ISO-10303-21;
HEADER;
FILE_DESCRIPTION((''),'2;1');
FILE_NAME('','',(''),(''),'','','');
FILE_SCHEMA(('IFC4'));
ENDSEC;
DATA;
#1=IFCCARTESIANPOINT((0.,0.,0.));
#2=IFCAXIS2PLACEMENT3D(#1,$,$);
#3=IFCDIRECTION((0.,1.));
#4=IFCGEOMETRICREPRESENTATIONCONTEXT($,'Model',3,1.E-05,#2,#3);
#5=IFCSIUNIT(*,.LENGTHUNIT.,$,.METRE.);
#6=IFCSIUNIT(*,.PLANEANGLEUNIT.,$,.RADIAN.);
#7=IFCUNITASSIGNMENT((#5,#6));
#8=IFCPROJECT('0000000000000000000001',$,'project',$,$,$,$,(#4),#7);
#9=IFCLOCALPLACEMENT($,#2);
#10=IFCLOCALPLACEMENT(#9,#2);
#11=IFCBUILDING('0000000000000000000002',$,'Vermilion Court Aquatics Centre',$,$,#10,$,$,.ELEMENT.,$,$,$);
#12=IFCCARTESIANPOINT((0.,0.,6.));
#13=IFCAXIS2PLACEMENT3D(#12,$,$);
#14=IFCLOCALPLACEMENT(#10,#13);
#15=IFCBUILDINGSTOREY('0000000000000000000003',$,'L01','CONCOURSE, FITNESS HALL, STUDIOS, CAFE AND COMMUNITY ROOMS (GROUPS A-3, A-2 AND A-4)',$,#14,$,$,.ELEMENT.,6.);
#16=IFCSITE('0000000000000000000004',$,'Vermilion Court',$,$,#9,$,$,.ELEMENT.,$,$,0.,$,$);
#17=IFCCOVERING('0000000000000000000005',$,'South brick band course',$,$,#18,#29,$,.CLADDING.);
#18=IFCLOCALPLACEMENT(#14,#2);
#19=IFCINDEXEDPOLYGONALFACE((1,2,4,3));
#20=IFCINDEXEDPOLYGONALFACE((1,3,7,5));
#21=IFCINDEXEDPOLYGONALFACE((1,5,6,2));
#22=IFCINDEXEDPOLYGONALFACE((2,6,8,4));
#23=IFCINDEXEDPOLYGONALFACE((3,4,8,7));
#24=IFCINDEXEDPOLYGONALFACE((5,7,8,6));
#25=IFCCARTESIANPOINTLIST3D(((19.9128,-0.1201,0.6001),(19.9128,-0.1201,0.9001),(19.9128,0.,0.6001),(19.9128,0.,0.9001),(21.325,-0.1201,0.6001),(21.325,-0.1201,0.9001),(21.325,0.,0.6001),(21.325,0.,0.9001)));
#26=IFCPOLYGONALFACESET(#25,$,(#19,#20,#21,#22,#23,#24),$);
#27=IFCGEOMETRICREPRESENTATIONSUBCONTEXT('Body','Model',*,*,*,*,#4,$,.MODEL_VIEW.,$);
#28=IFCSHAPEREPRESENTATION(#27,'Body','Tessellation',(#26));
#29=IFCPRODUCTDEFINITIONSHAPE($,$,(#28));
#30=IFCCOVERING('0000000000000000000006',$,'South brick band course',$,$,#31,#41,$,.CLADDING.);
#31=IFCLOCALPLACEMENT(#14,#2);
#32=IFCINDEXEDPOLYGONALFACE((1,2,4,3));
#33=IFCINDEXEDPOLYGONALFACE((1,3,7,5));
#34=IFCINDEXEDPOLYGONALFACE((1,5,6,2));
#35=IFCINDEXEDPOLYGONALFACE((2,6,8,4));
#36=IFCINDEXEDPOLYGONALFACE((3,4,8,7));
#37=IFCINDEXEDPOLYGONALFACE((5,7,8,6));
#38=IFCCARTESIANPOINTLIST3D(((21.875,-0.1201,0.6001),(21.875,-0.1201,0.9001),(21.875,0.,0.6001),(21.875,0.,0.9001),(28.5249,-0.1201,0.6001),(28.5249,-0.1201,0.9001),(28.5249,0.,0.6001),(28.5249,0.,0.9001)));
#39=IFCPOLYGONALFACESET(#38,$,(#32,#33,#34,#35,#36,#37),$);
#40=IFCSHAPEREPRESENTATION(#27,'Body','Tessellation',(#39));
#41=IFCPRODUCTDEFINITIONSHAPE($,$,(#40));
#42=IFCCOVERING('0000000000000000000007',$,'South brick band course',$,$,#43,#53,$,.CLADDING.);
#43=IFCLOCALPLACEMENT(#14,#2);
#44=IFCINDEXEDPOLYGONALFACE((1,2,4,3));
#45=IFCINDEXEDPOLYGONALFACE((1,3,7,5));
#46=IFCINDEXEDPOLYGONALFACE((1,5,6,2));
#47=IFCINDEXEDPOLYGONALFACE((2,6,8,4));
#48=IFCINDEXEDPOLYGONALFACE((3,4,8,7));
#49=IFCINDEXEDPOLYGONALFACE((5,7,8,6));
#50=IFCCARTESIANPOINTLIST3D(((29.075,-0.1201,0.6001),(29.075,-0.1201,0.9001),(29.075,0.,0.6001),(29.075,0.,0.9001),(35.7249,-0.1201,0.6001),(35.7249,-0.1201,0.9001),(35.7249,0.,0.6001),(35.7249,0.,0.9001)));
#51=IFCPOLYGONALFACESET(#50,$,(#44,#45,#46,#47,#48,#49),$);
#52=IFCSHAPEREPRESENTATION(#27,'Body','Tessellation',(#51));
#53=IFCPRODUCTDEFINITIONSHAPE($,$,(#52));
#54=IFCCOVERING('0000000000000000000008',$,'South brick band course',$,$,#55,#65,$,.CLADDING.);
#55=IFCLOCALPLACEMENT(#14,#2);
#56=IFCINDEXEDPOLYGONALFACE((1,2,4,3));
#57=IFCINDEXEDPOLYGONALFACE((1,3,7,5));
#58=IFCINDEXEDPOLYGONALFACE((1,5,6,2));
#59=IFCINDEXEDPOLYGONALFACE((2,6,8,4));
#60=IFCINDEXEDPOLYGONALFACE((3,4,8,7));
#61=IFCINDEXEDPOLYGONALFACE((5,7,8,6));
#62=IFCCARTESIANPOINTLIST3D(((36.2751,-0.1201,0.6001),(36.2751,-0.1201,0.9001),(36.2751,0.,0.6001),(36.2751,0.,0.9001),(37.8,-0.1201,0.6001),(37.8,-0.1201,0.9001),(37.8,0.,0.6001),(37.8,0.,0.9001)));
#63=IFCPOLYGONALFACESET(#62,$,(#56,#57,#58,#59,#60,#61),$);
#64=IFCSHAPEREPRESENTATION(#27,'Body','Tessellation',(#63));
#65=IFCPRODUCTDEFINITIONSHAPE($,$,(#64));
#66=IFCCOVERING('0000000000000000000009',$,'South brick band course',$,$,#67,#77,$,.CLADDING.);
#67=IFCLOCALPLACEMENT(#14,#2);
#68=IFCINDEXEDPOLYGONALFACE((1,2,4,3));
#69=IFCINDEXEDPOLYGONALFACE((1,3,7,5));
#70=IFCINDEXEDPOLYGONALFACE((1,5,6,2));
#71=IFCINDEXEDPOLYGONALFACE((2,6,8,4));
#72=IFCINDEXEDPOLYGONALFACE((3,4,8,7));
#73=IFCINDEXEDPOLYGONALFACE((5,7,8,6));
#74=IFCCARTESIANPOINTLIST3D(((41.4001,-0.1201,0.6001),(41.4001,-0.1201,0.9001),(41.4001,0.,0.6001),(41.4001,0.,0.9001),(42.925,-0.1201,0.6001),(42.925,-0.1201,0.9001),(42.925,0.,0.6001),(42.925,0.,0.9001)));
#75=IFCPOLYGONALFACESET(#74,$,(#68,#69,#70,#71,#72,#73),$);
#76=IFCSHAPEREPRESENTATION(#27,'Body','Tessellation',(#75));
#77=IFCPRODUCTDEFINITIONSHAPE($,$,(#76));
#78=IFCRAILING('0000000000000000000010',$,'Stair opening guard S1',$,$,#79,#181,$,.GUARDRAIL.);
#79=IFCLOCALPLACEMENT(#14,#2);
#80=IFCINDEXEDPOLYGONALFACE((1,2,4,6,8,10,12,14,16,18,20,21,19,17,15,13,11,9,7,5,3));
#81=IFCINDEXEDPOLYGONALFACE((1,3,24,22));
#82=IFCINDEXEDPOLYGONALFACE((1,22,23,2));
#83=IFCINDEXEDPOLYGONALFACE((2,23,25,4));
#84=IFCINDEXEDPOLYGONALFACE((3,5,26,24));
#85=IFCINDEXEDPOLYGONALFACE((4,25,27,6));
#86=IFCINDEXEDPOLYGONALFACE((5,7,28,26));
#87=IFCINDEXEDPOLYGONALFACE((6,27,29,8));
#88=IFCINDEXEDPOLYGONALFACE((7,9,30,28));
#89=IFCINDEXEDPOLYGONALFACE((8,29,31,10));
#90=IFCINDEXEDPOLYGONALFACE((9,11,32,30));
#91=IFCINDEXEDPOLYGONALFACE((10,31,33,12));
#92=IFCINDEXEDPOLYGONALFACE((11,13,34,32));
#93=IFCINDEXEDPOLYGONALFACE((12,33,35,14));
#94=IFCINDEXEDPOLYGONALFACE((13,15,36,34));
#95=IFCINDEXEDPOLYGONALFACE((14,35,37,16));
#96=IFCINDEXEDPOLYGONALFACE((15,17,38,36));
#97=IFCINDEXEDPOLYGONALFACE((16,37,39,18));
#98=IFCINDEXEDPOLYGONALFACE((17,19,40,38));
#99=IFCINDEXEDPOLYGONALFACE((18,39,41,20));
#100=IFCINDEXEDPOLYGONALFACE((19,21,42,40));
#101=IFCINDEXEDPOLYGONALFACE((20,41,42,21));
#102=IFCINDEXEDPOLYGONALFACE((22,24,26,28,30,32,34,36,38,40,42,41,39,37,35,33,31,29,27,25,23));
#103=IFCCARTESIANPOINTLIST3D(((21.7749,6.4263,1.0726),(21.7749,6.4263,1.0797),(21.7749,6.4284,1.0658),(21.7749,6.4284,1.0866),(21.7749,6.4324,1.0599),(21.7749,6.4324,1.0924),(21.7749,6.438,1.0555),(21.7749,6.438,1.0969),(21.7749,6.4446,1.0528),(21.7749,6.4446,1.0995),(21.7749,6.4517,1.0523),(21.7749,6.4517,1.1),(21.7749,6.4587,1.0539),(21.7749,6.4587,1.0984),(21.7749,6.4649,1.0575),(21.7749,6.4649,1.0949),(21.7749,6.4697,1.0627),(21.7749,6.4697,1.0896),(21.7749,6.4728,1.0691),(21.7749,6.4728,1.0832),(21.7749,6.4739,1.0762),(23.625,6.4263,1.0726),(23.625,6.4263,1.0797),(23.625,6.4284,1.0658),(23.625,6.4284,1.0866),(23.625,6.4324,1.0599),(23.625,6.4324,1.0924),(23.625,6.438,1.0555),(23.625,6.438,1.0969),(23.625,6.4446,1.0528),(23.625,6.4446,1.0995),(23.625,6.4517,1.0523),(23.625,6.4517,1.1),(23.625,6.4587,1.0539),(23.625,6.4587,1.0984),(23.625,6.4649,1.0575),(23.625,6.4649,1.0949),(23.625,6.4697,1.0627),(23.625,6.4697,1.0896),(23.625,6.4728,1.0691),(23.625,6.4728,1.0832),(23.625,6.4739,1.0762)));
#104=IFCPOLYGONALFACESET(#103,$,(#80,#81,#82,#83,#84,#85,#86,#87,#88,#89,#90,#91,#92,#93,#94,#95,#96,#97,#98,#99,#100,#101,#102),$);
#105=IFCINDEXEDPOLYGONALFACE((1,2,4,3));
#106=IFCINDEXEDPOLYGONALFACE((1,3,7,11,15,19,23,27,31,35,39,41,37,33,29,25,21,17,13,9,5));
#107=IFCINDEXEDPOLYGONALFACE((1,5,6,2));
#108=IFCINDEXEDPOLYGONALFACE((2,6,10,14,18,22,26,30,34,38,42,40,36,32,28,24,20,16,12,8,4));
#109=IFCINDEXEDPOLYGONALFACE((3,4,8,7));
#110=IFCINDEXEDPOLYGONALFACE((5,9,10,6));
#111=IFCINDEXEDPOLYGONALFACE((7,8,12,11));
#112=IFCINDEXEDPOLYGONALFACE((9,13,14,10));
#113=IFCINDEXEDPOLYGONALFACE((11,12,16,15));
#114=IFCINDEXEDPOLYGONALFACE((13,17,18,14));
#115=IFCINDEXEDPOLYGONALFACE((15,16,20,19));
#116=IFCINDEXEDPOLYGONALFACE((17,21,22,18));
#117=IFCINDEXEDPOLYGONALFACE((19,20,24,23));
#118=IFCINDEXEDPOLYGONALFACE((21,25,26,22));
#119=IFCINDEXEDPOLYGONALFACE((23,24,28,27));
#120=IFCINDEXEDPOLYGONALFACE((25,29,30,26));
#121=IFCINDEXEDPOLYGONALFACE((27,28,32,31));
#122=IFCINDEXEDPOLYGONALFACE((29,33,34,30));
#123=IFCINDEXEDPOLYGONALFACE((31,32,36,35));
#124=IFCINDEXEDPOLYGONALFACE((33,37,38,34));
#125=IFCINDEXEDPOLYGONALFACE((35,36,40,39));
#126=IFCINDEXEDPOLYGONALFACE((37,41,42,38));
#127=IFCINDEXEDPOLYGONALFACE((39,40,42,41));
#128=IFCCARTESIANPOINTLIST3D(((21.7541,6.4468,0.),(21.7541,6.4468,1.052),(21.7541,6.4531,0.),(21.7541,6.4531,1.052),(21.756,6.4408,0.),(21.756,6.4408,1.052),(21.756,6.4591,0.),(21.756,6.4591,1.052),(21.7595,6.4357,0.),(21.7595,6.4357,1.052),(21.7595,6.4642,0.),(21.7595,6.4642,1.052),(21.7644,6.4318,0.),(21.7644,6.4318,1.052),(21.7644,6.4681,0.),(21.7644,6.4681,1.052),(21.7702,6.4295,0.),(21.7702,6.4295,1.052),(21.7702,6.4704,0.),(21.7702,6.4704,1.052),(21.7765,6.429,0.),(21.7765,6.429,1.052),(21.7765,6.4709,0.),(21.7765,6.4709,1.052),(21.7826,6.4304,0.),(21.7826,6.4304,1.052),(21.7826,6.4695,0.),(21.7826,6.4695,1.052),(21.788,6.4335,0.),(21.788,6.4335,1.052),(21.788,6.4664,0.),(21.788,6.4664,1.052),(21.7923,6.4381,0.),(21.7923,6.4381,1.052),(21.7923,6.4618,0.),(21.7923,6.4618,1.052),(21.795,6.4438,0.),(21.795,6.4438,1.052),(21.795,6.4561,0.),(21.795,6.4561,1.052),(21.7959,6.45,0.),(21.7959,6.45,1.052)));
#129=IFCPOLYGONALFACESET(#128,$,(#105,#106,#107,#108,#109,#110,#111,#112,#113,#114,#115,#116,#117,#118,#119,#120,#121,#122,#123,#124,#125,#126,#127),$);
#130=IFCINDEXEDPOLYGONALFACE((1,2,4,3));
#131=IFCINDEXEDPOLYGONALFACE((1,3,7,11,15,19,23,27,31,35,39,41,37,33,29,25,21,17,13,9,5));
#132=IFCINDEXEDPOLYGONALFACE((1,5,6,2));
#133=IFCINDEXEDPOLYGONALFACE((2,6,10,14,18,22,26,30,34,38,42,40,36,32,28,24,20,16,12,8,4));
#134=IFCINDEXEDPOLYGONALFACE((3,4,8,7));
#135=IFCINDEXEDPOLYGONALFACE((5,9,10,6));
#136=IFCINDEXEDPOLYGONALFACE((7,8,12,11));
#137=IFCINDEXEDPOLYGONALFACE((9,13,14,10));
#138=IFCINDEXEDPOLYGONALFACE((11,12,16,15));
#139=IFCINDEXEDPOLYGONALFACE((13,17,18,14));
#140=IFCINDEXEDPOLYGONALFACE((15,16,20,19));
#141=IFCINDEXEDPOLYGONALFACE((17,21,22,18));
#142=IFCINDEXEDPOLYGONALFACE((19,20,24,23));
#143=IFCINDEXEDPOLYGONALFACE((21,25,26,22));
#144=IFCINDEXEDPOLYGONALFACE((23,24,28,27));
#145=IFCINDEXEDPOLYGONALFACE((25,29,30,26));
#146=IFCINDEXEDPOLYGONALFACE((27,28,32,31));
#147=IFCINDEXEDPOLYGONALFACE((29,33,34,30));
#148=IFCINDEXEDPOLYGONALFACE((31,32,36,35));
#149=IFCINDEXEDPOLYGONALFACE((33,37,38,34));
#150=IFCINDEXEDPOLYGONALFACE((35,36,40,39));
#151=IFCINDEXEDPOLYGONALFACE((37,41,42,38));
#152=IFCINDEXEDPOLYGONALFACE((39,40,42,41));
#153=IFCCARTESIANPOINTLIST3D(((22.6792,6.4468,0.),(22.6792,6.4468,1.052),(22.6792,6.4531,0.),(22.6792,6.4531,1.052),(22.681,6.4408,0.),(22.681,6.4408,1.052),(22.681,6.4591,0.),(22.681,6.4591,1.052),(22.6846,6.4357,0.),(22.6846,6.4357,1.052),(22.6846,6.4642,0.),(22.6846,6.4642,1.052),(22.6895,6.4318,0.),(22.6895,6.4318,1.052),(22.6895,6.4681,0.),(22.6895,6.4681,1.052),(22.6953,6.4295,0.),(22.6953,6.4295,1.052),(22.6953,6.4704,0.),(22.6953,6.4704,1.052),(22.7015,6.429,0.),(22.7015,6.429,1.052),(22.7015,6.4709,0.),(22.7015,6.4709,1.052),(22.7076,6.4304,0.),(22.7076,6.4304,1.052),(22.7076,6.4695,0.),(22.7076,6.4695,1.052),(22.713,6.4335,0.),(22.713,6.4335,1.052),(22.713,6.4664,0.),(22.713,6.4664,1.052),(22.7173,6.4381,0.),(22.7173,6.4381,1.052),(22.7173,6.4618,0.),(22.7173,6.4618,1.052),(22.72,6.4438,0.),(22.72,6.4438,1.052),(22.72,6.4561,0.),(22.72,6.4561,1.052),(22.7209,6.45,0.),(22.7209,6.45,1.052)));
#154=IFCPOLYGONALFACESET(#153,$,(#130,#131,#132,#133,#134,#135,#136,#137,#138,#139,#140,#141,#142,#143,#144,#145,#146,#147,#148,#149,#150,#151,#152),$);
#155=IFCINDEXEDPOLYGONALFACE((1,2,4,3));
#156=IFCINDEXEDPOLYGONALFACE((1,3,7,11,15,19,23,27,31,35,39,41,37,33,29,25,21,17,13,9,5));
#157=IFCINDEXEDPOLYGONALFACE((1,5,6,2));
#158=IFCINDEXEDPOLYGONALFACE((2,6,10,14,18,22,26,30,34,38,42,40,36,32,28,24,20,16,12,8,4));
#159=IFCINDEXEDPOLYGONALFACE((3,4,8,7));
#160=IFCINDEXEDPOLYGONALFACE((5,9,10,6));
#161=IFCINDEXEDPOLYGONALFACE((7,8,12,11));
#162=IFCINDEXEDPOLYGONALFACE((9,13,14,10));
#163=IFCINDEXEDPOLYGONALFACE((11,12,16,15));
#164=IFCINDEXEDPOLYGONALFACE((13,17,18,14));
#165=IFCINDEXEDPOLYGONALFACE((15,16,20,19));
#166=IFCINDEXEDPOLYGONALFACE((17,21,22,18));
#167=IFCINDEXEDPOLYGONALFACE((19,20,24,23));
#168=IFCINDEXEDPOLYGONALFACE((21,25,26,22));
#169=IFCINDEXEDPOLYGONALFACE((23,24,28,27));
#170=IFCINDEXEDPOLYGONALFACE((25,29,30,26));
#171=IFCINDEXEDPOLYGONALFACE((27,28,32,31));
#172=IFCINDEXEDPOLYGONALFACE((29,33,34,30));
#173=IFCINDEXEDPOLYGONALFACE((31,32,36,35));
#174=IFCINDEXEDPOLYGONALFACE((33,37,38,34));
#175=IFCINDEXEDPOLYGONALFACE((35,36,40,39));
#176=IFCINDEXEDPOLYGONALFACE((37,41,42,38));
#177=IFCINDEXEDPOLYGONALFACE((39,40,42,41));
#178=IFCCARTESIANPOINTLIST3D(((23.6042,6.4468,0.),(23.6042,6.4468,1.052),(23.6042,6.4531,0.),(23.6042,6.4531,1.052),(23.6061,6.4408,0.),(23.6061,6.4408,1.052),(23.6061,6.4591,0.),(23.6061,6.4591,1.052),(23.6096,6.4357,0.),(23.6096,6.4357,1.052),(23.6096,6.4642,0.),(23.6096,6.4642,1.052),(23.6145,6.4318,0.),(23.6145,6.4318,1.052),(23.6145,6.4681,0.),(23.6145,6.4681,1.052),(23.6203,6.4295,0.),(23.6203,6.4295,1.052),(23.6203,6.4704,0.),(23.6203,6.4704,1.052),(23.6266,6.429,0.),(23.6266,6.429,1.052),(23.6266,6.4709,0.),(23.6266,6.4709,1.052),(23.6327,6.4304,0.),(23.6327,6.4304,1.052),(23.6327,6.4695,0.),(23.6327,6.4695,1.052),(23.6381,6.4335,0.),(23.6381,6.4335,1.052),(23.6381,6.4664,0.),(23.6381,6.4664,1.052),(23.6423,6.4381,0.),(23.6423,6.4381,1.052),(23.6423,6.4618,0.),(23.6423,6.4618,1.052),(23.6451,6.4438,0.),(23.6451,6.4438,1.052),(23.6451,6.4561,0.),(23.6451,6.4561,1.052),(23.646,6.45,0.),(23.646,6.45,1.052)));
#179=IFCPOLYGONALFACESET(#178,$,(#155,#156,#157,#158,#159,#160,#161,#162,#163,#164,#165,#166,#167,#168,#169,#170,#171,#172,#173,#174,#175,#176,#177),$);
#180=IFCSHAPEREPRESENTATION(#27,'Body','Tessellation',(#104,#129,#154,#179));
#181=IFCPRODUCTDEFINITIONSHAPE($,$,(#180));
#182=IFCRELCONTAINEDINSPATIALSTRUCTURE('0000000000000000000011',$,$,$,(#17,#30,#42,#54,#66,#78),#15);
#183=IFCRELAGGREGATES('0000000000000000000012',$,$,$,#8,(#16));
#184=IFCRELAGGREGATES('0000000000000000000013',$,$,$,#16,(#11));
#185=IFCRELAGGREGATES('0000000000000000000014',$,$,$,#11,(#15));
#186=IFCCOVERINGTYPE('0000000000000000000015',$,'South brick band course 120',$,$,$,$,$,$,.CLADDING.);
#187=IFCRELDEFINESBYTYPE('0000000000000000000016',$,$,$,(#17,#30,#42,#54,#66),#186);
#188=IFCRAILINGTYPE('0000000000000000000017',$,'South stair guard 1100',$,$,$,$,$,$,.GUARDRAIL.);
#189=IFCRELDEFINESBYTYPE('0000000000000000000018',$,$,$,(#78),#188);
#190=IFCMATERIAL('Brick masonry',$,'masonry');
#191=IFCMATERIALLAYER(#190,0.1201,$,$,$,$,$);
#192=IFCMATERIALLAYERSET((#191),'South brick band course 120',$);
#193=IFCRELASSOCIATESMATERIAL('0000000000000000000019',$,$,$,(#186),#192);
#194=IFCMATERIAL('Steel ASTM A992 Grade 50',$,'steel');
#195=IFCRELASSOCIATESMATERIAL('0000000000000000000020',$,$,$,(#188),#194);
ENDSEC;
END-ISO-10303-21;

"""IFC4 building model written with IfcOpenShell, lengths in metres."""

from ifc_helpers import new_model, si_unit, direction, frame, origin, origin_2d, place, context, subcontext, project, spatial, rectangle, circle, extrude, material, layer, layer_set, type_object, element, save


model = new_model("IFC4")

# Units and contexts
model_context = context("Model", 3, precision=1e-05, world=origin(), true_north=direction((0.0, 1.0)))
body_context = subcontext(model_context, "Body", "Model", "MODEL_VIEW")
ifc_project = project(units=[si_unit("LENGTHUNIT", "METRE"), si_unit("PLANEANGLEUNIT", "RADIAN")], contexts=[model_context])

# Site, building, storey
site_placement = place(None, origin())
site = spatial("IfcSite", under=ifc_project, at=site_placement, Name="Vermilion Court", CompositionType="ELEMENT", RefElevation=0.0)
building_placement = place(site_placement, origin())
building = spatial("IfcBuilding", under=site, at=building_placement, Name="Vermilion Court Aquatics Centre", CompositionType="ELEMENT")
storey_placement = place(building_placement, frame((0.0, 0.0, 6.0)))
storey = spatial("IfcBuildingStorey", under=building, at=storey_placement, Name="L01", Description="CONCOURSE, FITNESS HALL, STUDIOS, CAFE AND COMMUNITY ROOMS (GROUPS A-3, A-2 AND A-4)", CompositionType="ELEMENT", Elevation=6.0)

# Coverings
ifc_material_1 = material(Name="Brick masonry", Category="masonry")
ifc_layer_1 = layer(ifc_material_1, 0.1201)
ifc_layer_set_1 = layer_set([ifc_layer_1], Name="South brick band course 120")
covering_type = type_object("IfcCoveringType", Name="South brick band course 120", PredefinedType="CLADDING", material=ifc_layer_set_1)
covering_1_placement = place(storey_placement, frame((20.6189, -0.0601, 0.6001), z_axis=(0.0, 0.0, 1.0), x_axis=(1.0, 0.0, 0.0)))
element("IfcCovering", 1, at=covering_1_placement, inside=storey, type_object=covering_type, Name="South brick band course", PredefinedType="CLADDING", context=body_context, shape_type="SweptSolid", body=[
    extrude(rectangle(XDim=1.4121, YDim=0.1201, at=origin_2d()), origin(), (0.0, 0.0, 1.0), 0.3),
])
for number, where, z_axis, x_axis, name in (
    (2, (25.2, -0.0601, 0.6001), (0.0, 0.0, 1.0), (1.0, 0.0, 0.0), "South brick band course"),
    (3, (32.3999, -0.0601, 0.6001), (0.0, 0.0, 1.0), (1.0, 0.0, 0.0), "South brick band course"),
):
    element("IfcCovering", number, at=place(storey_placement, frame(where, z_axis=z_axis, x_axis=x_axis)), inside=storey, type_object=covering_type, Name=name, PredefinedType="CLADDING", context=body_context, shape_type="SweptSolid", body=[
        extrude(rectangle(XDim=6.6499, YDim=0.1201, at=origin_2d()), origin(), (0.0, 0.0, 1.0), 0.3),
    ])
for number, where, z_axis, x_axis, name in (
    (4, (37.0376, -0.0601, 0.6001), (0.0, 0.0, 1.0), (1.0, 0.0, 0.0), "South brick band course"),
    (5, (42.1626, -0.0601, 0.6001), (0.0, 0.0, 1.0), (1.0, 0.0, 0.0), "South brick band course"),
):
    element("IfcCovering", number, at=place(storey_placement, frame(where, z_axis=z_axis, x_axis=x_axis)), inside=storey, type_object=covering_type, Name=name, PredefinedType="CLADDING", context=body_context, shape_type="SweptSolid", body=[
        extrude(rectangle(XDim=1.5249, YDim=0.1201, at=origin_2d()), origin(), (0.0, 0.0, 1.0), 0.3),
    ])

# Railing
ifc_material_2 = material(Name="Steel ASTM A992 Grade 50", Category="steel")
railing_type = type_object("IfcRailingType", Name="South stair guard 1100", PredefinedType="GUARDRAIL", material=ifc_material_2)
for number, where, name in (
    (6, (21.7749, 6.45, 0.0), "Stair opening guard S1"),
):
    element("IfcRailing", number, at=place(storey_placement, frame(where)), inside=storey, type_object=railing_type, Name=name, PredefinedType="GUARDRAIL", context=body_context, shape_type="SweptSolid", body=[
        extrude(circle(Radius=0.0239, at=origin_2d()), frame((0.0, 0.0, 1.0762), z_axis=(1.0, 0.0, 0.0), x_axis=(0.0, 1.0, 0.0)), (0.0, 0.0, 1.0), 1.8501),
        extrude(circle(Radius=0.021, at=origin_2d()), origin(), (0.0, 0.0, 1.0), 1.052),
        extrude(circle(Radius=0.021, at=origin_2d()), frame((0.925, 0.0, 0.0)), (0.0, 0.0, 1.0), 1.052),
        extrude(circle(Radius=0.021, at=origin_2d()), frame((1.8501, 0.0, 0.0)), (0.0, 0.0, 1.0), 1.052),
    ])

save(model, "model.ifc")
